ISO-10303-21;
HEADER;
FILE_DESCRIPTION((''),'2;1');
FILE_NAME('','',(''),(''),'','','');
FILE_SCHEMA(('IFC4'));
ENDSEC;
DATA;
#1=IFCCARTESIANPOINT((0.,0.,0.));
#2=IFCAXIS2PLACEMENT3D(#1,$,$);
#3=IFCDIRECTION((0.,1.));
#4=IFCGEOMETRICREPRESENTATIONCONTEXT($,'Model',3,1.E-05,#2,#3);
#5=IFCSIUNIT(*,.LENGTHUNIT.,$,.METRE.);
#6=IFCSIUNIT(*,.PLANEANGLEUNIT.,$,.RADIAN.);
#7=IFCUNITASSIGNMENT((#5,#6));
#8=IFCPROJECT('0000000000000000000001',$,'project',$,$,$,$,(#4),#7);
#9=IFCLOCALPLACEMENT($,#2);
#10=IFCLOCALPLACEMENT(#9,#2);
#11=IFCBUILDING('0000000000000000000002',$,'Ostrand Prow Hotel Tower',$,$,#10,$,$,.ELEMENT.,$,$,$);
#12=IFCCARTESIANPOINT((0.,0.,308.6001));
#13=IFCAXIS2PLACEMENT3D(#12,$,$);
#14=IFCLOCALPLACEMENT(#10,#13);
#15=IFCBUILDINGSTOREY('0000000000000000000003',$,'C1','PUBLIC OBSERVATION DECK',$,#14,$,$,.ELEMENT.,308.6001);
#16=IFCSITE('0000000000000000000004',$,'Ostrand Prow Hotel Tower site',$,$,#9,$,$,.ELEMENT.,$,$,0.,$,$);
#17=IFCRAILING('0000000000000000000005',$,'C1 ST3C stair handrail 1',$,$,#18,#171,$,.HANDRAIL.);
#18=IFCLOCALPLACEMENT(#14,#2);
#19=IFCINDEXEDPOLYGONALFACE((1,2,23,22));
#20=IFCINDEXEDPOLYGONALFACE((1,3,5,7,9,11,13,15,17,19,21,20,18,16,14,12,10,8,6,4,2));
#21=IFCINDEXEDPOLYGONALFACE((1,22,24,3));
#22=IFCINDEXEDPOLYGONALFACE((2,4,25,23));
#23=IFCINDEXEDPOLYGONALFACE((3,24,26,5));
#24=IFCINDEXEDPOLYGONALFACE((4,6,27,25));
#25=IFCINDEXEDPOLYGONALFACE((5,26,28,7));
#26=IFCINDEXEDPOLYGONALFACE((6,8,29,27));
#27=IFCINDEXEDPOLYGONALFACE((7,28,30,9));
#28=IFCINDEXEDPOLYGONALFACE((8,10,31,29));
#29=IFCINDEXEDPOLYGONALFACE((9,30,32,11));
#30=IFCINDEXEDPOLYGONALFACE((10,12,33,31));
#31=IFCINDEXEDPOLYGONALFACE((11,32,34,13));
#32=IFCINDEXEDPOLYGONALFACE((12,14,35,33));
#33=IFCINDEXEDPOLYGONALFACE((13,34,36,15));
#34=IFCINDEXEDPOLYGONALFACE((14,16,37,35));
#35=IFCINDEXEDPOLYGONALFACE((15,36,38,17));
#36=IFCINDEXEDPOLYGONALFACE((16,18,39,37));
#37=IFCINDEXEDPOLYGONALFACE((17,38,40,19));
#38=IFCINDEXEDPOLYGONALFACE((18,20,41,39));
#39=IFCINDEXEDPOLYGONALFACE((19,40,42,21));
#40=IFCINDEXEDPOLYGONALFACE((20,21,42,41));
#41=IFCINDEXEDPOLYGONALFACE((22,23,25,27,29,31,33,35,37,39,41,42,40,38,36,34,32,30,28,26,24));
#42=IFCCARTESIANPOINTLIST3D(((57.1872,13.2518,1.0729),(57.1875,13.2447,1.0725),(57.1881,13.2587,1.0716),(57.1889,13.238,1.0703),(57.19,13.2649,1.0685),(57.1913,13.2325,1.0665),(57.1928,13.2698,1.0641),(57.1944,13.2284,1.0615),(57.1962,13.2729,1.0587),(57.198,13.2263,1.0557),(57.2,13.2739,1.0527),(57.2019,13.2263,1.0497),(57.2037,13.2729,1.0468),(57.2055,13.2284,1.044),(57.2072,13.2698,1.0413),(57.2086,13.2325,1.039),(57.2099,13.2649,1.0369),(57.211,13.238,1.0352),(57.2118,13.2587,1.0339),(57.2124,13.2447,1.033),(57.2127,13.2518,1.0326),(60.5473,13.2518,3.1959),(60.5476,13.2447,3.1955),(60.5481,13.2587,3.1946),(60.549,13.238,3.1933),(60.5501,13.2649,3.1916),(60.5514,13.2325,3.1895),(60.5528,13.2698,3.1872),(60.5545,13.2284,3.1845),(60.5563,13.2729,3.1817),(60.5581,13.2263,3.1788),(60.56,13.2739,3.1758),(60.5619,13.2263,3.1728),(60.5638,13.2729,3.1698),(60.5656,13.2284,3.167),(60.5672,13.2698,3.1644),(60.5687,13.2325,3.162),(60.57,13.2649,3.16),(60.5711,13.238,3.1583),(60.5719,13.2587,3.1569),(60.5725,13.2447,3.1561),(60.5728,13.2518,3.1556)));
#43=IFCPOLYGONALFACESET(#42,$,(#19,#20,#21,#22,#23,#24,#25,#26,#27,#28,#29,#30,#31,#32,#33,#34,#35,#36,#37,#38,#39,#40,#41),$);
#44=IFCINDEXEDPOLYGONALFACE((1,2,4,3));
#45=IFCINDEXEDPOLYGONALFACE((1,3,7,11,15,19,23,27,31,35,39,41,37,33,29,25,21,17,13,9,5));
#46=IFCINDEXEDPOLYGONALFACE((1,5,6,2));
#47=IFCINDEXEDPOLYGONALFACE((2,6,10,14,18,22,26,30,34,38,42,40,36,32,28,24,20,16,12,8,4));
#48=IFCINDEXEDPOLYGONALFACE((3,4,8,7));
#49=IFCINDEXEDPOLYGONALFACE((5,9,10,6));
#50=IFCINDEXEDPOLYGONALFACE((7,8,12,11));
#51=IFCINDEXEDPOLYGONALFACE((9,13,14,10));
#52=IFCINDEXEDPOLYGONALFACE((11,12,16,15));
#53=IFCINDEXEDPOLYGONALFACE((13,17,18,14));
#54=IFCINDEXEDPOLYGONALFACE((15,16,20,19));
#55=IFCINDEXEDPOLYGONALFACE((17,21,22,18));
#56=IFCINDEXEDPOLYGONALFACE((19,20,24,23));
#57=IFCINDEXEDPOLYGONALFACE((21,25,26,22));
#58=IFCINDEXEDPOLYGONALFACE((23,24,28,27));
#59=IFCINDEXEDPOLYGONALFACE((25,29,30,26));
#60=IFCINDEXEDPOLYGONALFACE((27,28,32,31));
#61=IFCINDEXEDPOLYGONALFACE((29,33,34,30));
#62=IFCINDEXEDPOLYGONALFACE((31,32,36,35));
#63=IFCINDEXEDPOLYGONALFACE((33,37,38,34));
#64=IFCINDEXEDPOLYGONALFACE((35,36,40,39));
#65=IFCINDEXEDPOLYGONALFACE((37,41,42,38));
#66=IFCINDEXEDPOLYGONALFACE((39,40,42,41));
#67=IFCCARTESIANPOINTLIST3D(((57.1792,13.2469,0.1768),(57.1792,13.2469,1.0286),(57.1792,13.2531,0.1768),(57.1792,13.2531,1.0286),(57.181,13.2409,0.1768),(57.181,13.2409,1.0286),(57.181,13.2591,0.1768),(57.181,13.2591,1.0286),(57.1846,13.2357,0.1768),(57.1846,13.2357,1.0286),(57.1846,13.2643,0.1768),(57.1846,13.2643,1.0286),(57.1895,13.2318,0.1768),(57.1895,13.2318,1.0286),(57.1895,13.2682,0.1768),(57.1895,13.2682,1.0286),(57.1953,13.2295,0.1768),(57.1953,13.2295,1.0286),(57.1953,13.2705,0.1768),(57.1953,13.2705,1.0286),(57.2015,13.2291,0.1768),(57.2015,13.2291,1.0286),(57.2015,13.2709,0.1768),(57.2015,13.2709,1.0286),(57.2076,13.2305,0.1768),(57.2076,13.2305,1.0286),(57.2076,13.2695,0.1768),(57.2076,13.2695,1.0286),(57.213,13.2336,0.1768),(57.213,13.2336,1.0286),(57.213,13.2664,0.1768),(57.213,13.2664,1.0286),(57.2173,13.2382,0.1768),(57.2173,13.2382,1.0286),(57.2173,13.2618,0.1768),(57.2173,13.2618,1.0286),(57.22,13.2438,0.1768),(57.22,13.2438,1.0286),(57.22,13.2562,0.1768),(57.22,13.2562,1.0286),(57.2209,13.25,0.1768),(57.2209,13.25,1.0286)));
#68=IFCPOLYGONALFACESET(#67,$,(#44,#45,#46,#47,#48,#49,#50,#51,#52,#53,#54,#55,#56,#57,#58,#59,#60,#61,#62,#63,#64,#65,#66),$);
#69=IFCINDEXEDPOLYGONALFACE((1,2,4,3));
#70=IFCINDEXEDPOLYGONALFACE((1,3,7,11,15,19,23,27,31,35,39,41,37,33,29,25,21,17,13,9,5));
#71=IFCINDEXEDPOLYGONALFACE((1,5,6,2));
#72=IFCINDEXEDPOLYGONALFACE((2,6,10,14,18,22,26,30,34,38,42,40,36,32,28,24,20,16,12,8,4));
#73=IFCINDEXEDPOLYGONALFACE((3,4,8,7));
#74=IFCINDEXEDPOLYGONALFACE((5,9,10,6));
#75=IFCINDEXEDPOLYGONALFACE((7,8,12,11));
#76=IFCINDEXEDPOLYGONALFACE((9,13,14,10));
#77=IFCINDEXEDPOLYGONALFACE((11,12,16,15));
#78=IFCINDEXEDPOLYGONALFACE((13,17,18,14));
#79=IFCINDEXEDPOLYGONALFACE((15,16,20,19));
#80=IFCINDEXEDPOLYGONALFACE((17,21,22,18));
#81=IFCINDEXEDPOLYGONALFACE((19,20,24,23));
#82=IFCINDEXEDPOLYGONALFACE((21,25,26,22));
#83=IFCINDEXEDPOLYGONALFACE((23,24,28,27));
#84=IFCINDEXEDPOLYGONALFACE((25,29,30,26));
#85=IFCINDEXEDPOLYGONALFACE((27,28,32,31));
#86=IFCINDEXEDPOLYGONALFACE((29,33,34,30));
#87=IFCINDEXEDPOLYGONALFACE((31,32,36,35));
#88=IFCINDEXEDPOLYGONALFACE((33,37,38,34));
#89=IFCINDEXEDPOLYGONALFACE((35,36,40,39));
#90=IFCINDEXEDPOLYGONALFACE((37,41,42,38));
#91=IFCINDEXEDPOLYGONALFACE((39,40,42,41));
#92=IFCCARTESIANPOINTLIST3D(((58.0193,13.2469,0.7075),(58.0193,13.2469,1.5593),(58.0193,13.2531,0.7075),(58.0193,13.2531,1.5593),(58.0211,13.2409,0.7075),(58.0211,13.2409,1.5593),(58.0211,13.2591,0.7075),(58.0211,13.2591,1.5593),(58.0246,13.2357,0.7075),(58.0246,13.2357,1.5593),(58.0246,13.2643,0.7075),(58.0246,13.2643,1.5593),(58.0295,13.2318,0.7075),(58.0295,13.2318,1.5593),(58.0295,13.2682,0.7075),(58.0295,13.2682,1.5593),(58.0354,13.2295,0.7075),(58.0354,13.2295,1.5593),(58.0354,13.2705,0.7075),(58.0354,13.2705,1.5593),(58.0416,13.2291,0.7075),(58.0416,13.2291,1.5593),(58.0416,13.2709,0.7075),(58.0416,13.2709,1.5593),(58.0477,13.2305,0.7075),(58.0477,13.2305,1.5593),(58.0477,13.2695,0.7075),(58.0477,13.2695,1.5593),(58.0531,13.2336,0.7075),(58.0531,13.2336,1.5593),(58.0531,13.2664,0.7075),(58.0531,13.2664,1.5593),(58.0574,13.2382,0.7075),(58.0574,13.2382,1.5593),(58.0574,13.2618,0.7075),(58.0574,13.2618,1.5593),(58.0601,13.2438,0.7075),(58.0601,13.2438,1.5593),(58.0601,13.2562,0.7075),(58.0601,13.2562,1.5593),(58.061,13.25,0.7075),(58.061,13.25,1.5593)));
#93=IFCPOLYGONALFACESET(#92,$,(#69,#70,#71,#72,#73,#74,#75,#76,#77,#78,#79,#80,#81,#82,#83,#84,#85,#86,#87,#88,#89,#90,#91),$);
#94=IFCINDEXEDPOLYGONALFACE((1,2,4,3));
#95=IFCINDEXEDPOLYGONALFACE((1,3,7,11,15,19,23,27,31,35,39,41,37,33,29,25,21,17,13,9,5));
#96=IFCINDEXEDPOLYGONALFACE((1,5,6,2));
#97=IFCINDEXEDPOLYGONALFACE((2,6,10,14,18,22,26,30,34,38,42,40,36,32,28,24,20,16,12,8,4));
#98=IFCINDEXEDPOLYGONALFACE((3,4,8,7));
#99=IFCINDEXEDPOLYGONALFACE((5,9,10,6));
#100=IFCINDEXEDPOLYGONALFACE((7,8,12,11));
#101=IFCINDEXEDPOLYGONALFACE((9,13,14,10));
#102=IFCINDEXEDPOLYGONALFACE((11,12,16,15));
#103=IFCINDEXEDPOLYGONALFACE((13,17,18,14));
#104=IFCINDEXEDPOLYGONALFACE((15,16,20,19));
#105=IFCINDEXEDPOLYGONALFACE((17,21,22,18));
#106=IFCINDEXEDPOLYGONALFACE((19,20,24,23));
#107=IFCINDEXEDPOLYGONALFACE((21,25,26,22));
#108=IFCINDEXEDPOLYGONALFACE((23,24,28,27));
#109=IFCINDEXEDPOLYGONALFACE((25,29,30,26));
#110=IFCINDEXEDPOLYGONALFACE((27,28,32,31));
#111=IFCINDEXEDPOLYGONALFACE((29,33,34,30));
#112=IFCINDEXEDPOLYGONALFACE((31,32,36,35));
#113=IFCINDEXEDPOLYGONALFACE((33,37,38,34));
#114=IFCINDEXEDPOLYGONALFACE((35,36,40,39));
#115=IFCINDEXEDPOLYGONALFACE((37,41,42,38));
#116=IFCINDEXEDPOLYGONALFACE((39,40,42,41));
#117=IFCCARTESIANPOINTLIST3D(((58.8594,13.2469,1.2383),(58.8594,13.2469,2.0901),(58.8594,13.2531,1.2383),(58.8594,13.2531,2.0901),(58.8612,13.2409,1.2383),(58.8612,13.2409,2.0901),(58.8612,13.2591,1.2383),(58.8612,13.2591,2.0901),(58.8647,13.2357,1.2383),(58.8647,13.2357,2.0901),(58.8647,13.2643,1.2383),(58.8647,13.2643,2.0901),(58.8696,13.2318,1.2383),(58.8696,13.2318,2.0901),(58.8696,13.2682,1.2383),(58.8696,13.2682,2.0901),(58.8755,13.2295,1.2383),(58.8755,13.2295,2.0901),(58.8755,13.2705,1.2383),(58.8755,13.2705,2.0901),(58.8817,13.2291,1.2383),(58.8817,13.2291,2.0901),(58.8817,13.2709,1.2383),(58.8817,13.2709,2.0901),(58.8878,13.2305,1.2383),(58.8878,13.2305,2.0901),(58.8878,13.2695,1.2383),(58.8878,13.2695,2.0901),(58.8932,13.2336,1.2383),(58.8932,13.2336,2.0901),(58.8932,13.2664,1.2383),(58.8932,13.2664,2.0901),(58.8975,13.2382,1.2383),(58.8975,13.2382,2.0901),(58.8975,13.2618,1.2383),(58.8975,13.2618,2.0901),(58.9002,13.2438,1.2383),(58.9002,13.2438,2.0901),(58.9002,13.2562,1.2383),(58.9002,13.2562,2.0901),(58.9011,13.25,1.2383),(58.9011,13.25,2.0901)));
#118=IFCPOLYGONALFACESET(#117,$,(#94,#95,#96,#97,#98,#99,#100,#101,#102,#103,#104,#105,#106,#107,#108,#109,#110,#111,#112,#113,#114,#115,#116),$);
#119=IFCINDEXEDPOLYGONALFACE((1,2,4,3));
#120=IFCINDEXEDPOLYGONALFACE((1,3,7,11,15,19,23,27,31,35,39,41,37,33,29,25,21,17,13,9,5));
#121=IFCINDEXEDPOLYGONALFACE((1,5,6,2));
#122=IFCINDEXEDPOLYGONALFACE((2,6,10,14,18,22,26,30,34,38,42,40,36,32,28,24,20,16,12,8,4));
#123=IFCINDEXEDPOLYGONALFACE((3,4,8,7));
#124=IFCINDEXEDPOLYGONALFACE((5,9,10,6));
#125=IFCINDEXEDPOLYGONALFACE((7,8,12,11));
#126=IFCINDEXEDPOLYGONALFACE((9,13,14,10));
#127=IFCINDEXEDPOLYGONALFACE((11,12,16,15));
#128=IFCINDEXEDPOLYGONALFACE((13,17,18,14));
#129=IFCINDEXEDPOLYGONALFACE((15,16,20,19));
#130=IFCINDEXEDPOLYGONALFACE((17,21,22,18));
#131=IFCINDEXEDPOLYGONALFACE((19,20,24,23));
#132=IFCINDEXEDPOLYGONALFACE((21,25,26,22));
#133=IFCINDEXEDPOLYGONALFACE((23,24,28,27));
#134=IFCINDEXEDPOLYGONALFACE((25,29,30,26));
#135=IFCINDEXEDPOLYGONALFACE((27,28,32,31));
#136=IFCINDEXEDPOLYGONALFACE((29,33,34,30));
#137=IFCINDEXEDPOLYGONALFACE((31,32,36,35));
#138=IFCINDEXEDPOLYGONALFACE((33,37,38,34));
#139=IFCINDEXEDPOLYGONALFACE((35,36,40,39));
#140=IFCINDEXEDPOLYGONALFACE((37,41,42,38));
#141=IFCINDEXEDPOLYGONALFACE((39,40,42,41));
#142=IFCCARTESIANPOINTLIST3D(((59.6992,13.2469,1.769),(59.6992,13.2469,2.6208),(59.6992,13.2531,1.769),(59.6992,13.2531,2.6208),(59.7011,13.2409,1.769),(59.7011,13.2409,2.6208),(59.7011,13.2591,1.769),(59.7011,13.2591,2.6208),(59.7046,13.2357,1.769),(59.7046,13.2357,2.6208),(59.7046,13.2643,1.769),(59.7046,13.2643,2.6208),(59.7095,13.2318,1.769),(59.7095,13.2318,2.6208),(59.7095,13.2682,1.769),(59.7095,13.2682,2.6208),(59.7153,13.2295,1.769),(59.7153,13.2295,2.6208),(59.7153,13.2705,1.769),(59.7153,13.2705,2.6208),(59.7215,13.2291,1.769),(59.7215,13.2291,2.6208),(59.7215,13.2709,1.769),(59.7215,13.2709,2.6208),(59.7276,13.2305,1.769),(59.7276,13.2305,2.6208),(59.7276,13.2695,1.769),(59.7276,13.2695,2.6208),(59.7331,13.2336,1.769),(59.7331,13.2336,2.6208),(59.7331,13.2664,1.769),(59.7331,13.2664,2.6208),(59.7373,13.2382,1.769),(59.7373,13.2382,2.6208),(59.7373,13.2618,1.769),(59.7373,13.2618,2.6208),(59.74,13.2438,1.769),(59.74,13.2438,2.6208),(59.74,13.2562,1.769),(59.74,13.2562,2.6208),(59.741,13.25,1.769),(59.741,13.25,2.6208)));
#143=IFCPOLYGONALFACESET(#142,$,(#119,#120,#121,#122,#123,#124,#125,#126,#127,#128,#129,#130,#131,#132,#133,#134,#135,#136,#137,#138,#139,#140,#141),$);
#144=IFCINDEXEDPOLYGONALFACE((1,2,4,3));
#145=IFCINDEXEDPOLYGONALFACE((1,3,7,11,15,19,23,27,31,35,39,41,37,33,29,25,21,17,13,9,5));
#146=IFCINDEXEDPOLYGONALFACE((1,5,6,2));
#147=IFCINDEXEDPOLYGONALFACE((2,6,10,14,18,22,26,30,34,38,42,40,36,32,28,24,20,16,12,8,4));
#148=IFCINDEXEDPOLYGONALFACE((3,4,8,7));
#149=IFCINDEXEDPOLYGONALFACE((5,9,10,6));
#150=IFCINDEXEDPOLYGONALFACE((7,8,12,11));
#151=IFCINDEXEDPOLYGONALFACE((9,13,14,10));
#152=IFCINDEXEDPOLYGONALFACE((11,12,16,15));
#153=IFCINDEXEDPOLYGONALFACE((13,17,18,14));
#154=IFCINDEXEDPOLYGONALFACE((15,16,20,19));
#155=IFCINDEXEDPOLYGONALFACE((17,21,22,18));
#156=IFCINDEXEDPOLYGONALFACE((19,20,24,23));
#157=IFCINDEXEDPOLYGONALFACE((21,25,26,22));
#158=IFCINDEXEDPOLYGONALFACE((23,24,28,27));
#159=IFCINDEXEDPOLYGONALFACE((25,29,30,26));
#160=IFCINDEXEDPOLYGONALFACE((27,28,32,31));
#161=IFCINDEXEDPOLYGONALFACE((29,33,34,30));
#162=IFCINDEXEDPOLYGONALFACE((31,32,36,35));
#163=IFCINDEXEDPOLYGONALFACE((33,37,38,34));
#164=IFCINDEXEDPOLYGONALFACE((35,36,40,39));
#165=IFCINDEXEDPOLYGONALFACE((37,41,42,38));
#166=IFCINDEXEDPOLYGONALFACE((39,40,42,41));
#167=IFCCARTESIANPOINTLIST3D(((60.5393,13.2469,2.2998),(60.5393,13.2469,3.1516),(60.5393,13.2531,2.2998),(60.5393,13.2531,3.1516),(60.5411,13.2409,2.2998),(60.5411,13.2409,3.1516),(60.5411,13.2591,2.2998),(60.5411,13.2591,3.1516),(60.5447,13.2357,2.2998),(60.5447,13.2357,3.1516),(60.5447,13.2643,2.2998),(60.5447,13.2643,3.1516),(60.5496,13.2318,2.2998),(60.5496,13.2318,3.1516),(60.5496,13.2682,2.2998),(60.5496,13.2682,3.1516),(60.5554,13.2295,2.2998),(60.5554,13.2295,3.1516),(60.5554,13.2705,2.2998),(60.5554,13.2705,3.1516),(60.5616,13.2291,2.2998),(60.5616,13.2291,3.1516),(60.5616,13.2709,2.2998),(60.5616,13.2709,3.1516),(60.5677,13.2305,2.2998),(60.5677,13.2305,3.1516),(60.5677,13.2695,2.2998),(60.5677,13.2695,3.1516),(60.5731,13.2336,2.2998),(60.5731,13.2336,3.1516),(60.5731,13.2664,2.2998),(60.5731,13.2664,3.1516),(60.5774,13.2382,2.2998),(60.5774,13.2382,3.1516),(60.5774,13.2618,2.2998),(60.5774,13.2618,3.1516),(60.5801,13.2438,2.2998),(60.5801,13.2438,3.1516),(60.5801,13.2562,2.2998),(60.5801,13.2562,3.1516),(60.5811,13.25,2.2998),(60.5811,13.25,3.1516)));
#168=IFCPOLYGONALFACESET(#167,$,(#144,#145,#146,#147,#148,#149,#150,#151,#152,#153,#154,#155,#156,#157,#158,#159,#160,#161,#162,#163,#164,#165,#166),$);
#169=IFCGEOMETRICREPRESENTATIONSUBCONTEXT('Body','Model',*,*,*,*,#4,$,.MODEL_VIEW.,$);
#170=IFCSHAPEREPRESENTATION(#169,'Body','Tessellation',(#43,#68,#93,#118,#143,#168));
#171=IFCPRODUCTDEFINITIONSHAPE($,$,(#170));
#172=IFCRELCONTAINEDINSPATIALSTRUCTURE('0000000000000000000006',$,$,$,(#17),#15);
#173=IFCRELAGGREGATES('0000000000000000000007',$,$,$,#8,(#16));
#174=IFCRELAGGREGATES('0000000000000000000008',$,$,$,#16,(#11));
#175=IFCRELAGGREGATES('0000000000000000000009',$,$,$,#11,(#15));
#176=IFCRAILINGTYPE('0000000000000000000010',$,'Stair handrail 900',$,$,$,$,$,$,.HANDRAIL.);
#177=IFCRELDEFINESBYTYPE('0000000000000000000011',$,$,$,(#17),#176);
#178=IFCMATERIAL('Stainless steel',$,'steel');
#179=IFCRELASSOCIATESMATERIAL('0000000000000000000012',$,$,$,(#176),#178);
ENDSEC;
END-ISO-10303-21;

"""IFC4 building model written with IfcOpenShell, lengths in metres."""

from ifc_helpers import new_model, si_unit, direction, frame, origin, origin_2d, place, context, subcontext, project, spatial, circle, extrude, material, type_object, element, save


model = new_model("IFC4")

# Units and contexts
model_context = context("Model", 3, precision=1e-05, world=origin(), true_north=direction((0.0, 1.0)))
body_context = subcontext(model_context, "Body", "Model", "MODEL_VIEW")
ifc_project = project(units=[si_unit("LENGTHUNIT", "METRE"), si_unit("PLANEANGLEUNIT", "RADIAN")], contexts=[model_context])

# Site, building, storey
site_placement = place(None, origin())
site = spatial("IfcSite", under=ifc_project, at=site_placement, Name="Ostrand Prow Hotel Tower site", CompositionType="ELEMENT", RefElevation=0.0)
building_placement = place(site_placement, origin())
building = spatial("IfcBuilding", under=site, at=building_placement, Name="Ostrand Prow Hotel Tower", CompositionType="ELEMENT")
storey_placement = place(building_placement, frame((0.0, 0.0, 308.6001)))
storey = spatial("IfcBuildingStorey", under=building, at=storey_placement, Name="C1", Description="PUBLIC OBSERVATION DECK", CompositionType="ELEMENT", Elevation=308.6001)

# Railing
ifc_material_1 = material(Name="Stainless steel", Category="steel")
railing_type_1 = type_object("IfcRailingType", Name="Stair handrail 900", PredefinedType="HANDRAIL", material=ifc_material_1)
railing_1_placement = place(storey_placement, frame((57.2, 13.25, 0.1768)))
element("IfcRailing", 1, at=railing_1_placement, inside=storey, type_object=railing_type_1, Name="C1 ST3C stair handrail 1", PredefinedType="HANDRAIL", context=body_context, shape_type="SweptSolid", body=[
    extrude(circle(Radius=0.0239, at=origin_2d()), frame((0.0, 0.0, 0.876), z_axis=(0.84539, 0.0, 0.53415), x_axis=(0.0, 1.0, 0.0)), (0.0, 0.0, 1.0), 3.9746),
    extrude(circle(Radius=0.021, at=origin_2d()), origin(), (0.0, 0.0, 1.0), 0.8518),
    extrude(circle(Radius=0.021, at=origin_2d()), frame((0.8401, 0.0, 0.5308)), (0.0, 0.0, 1.0), 0.8518),
    extrude(circle(Radius=0.021, at=origin_2d()), frame((1.6802, 0.0, 1.0615)), (0.0, 0.0, 1.0), 0.8518),
    extrude(circle(Radius=0.021, at=origin_2d()), frame((2.52, 0.0, 1.5923)), (0.0, 0.0, 1.0), 0.8518),
    extrude(circle(Radius=0.021, at=origin_2d()), frame((3.3601, 0.0, 2.123)), (0.0, 0.0, 1.0), 0.8518),
])

save(model, "model.ifc")
